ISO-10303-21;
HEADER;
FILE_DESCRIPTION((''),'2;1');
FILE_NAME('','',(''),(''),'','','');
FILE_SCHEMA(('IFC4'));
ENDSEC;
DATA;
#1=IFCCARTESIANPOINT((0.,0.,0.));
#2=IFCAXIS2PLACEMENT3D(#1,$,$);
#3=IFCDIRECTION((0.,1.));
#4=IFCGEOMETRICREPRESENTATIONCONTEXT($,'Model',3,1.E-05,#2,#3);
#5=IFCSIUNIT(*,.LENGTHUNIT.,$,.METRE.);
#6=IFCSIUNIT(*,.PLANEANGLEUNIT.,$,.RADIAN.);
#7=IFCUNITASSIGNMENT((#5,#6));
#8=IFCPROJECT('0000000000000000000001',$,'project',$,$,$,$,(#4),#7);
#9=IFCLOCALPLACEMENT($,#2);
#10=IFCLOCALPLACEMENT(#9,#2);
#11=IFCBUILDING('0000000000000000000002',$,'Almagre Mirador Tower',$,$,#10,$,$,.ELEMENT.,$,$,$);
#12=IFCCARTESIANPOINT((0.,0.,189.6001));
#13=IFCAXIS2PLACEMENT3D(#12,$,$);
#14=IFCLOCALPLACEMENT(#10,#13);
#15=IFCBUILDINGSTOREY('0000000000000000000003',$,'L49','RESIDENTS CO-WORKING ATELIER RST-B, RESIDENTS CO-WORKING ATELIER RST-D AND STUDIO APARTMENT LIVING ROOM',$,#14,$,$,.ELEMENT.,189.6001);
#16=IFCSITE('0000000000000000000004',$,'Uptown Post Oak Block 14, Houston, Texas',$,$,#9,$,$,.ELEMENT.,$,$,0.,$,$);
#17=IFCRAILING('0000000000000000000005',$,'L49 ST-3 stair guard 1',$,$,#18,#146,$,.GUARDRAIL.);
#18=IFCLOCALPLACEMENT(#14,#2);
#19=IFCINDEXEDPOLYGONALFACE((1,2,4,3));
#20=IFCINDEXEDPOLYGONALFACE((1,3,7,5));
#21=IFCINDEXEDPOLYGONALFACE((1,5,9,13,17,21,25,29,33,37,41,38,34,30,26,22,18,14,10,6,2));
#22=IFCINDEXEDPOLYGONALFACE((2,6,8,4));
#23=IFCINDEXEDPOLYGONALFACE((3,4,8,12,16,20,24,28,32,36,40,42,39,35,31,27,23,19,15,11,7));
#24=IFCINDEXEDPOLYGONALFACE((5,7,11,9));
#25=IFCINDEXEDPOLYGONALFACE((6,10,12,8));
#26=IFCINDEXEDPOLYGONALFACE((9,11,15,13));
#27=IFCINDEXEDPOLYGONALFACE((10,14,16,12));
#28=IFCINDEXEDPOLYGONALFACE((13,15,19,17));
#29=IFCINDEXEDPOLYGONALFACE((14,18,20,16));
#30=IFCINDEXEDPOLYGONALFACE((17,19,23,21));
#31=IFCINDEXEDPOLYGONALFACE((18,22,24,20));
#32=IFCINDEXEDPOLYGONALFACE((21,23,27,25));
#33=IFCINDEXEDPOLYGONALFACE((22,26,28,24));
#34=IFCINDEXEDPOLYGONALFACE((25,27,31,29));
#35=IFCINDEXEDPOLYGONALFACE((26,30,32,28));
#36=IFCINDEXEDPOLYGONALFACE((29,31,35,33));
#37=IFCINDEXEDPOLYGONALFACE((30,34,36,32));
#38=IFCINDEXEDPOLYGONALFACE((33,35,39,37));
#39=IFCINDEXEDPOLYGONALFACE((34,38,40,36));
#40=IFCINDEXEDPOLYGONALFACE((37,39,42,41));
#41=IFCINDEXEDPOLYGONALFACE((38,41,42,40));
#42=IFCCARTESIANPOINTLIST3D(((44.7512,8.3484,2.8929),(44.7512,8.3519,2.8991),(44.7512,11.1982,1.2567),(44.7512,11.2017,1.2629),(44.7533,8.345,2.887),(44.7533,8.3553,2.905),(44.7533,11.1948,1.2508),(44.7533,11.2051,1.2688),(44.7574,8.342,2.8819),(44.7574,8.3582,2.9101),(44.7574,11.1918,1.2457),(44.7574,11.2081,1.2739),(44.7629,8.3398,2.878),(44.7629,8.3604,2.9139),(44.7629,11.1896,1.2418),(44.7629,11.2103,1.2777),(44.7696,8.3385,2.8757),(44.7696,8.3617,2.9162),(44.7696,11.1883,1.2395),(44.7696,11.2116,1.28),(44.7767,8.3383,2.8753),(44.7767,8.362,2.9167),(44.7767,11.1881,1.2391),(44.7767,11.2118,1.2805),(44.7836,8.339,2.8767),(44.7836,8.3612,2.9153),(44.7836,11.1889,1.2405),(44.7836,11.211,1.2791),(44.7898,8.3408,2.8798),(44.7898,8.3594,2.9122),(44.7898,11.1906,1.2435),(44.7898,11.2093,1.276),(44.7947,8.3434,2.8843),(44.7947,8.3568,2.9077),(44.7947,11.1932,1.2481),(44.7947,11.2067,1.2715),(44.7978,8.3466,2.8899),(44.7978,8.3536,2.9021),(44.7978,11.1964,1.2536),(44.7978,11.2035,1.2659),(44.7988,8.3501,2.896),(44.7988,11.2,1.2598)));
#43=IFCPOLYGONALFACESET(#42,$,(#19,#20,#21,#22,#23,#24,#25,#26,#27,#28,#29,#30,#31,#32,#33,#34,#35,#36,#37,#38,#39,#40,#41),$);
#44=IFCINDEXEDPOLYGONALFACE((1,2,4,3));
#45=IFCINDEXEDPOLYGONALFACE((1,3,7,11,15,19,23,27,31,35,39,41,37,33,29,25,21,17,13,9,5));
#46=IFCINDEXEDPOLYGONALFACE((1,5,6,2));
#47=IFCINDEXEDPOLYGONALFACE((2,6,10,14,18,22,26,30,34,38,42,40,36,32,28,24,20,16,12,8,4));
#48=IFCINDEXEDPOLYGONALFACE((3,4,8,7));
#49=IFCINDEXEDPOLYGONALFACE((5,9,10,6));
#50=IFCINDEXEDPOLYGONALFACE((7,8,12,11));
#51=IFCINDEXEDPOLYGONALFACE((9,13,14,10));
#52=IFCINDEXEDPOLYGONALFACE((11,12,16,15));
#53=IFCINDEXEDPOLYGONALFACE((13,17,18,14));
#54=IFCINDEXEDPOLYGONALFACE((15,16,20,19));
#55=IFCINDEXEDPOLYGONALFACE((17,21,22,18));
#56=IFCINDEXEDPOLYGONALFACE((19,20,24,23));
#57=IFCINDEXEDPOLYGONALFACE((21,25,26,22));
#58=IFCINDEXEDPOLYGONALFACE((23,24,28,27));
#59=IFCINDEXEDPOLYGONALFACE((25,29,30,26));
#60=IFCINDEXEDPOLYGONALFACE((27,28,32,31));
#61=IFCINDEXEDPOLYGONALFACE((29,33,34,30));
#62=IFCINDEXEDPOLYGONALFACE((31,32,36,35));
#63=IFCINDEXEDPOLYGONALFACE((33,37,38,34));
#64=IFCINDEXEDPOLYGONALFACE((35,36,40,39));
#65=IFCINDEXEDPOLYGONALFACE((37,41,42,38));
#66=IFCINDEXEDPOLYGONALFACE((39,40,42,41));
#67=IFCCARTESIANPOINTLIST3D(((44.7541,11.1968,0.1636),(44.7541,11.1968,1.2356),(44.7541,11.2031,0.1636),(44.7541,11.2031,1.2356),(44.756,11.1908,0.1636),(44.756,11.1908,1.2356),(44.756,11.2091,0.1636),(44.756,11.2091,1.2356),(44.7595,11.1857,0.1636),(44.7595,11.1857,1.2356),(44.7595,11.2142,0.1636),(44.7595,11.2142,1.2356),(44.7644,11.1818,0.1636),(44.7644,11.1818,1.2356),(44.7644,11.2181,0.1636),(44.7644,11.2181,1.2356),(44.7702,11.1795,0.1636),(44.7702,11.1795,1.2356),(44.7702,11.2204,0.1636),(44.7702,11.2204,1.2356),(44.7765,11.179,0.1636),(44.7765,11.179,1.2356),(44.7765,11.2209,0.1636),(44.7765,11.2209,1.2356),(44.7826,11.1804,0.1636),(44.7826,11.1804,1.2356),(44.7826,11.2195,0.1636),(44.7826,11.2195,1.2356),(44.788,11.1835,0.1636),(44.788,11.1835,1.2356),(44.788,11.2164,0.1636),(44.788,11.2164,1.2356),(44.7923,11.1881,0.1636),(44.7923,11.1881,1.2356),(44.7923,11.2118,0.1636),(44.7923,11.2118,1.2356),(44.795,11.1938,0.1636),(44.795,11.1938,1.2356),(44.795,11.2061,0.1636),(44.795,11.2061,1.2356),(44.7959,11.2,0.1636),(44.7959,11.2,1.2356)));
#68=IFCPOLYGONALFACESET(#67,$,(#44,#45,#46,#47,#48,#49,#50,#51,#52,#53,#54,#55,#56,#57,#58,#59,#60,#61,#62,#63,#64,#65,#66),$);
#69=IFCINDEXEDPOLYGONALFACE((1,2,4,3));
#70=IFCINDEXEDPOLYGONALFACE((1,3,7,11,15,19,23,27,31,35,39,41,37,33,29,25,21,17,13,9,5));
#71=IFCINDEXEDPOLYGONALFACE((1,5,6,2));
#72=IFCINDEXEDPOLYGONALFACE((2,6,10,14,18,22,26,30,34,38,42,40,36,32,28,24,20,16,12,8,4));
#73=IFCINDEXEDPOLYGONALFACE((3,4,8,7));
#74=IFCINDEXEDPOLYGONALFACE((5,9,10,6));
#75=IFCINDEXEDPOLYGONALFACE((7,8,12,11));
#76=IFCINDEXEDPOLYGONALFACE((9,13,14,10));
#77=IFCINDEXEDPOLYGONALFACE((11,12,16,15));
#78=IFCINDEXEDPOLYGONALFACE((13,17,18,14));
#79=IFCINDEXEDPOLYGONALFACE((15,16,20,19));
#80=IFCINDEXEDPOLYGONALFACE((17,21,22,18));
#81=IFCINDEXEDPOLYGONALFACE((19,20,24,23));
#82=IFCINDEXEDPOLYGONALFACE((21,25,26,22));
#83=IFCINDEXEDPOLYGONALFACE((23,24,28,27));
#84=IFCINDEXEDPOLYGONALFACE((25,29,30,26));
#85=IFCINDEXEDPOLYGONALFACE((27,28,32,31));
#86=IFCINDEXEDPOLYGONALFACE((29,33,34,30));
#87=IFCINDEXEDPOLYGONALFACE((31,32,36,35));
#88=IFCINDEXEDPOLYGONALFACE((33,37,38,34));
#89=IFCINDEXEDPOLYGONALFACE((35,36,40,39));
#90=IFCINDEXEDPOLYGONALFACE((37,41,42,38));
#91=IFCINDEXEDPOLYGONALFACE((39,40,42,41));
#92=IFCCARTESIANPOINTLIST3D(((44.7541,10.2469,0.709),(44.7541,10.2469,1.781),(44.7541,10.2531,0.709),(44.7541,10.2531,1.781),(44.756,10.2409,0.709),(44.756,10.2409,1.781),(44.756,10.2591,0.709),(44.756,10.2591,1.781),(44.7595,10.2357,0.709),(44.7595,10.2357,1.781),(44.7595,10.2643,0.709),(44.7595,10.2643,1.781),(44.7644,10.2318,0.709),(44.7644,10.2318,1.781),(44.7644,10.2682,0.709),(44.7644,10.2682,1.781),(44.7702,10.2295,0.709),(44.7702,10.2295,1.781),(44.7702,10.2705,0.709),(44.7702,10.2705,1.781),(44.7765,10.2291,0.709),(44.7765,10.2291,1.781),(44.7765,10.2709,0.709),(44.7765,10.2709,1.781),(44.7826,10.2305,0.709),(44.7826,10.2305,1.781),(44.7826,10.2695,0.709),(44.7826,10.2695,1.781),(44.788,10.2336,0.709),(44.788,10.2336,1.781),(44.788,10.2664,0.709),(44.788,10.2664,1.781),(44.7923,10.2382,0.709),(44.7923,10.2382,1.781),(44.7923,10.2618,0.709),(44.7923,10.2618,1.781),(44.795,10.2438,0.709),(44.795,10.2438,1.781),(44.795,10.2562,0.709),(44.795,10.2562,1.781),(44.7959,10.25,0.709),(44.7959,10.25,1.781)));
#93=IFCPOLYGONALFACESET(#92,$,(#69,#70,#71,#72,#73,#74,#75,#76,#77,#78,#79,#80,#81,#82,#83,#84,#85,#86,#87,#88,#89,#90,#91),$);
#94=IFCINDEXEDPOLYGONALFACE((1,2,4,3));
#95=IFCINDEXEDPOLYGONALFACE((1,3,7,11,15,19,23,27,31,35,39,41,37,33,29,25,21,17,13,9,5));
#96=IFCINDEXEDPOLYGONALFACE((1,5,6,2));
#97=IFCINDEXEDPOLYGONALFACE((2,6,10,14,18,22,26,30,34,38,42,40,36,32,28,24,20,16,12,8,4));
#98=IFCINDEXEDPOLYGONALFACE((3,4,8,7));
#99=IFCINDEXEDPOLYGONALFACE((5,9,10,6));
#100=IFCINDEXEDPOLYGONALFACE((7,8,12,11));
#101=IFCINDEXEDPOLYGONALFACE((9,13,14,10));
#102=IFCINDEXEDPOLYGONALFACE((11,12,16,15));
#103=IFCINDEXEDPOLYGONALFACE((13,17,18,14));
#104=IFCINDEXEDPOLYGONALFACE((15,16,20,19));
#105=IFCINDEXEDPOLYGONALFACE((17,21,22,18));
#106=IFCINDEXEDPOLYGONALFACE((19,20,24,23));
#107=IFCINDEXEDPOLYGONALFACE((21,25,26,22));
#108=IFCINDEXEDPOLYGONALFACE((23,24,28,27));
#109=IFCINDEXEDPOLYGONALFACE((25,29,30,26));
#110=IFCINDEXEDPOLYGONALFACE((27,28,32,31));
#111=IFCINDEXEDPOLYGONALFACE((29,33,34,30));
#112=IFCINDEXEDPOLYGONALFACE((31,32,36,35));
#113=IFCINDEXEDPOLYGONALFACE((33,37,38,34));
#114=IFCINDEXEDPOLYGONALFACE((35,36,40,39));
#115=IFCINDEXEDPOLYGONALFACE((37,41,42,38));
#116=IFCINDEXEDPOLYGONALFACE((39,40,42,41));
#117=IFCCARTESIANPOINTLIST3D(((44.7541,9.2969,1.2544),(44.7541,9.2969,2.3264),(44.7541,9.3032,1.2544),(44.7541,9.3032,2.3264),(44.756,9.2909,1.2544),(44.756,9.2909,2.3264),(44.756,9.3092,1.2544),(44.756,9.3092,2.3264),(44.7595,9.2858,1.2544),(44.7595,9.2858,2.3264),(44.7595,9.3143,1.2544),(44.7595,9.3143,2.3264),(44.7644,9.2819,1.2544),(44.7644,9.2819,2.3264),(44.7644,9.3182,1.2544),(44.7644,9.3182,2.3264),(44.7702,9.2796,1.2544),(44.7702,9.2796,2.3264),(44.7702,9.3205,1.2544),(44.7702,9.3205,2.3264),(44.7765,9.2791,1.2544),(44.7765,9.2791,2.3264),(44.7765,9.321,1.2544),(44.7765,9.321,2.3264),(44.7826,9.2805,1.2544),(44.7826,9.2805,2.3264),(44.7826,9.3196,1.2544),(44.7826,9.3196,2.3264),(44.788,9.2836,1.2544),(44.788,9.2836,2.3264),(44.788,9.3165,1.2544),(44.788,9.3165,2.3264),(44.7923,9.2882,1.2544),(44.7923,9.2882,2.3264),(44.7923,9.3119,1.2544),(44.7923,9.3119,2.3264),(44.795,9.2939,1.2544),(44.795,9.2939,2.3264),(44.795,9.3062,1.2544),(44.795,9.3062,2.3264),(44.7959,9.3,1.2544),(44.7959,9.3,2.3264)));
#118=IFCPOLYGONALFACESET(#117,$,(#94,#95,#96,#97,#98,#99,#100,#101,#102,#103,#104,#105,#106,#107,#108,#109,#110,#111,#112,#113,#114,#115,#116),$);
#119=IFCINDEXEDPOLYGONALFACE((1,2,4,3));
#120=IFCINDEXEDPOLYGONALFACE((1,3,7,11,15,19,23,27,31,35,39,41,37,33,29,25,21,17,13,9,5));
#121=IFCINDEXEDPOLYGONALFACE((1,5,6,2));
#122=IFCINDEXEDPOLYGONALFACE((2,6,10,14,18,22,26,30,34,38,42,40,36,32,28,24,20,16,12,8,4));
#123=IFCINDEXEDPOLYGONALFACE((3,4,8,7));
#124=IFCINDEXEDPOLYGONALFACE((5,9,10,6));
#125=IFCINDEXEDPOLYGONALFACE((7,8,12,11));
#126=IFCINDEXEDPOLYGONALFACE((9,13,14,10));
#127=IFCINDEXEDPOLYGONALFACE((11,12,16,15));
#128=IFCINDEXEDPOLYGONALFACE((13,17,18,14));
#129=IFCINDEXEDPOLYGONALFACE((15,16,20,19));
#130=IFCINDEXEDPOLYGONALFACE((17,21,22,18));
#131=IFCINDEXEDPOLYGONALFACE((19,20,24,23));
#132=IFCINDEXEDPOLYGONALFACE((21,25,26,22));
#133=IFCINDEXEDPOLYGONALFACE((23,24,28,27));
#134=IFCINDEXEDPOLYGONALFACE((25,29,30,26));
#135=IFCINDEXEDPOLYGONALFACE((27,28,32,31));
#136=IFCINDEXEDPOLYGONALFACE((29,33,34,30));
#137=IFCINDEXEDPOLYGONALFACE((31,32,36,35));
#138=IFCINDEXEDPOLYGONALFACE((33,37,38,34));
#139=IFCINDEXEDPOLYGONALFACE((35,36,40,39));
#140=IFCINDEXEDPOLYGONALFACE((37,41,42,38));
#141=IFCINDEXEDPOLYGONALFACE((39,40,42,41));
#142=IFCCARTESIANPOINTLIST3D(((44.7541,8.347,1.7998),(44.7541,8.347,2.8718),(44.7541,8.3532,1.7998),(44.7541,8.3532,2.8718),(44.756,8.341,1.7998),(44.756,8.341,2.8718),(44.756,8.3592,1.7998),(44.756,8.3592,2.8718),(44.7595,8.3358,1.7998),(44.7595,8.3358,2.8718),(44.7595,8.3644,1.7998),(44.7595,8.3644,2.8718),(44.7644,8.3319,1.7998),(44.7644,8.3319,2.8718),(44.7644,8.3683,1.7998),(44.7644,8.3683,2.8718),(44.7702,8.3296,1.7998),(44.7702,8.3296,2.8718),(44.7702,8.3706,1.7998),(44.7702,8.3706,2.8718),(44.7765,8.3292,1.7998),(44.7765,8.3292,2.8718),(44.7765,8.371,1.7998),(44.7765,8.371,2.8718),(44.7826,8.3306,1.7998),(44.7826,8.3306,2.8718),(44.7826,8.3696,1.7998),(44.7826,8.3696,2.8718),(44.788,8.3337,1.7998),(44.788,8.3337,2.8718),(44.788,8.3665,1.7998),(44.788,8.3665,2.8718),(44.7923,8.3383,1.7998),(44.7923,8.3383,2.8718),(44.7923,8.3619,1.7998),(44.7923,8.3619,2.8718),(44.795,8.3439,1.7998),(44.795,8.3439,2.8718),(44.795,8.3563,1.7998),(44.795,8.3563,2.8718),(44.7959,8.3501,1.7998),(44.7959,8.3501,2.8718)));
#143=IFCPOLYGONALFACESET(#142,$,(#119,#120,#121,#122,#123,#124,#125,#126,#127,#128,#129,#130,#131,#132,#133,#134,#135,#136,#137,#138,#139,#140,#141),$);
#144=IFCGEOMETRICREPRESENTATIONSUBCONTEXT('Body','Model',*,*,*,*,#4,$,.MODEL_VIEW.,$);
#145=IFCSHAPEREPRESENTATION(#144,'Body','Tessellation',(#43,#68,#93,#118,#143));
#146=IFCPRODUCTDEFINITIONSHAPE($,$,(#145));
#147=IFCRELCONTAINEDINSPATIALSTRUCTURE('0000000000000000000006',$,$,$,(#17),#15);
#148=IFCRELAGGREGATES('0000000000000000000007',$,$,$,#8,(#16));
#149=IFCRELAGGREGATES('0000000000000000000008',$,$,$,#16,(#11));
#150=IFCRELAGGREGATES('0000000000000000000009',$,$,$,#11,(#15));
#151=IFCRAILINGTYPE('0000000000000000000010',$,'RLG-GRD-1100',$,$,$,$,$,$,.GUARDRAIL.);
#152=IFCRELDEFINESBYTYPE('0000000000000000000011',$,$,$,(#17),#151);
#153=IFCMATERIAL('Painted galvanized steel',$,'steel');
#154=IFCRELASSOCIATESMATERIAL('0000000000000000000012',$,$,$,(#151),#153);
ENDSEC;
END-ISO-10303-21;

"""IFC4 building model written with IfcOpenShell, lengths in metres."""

from ifc_helpers import new_model, si_unit, direction, frame, origin, origin_2d, place, context, subcontext, project, spatial, circle, extrude, material, type_object, element, save


model = new_model("IFC4")

# Units and contexts
model_context = context("Model", 3, precision=1e-05, world=origin(), true_north=direction((0.0, 1.0)))
body_context = subcontext(model_context, "Body", "Model", "MODEL_VIEW")
ifc_project = project(units=[si_unit("LENGTHUNIT", "METRE"), si_unit("PLANEANGLEUNIT", "RADIAN")], contexts=[model_context])

# Site, building, storey
site_placement = place(None, origin())
site = spatial("IfcSite", under=ifc_project, at=site_placement, Name="Uptown Post Oak Block 14, Houston, Texas", CompositionType="ELEMENT", RefElevation=0.0)
building_placement = place(site_placement, origin())
building = spatial("IfcBuilding", under=site, at=building_placement, Name="Almagre Mirador Tower", CompositionType="ELEMENT")
storey_placement = place(building_placement, frame((0.0, 0.0, 189.6001)))
storey = spatial("IfcBuildingStorey", under=building, at=storey_placement, Name="L49", Description="RESIDENTS CO-WORKING ATELIER RST-B, RESIDENTS CO-WORKING ATELIER RST-D AND STUDIO APARTMENT LIVING ROOM", CompositionType="ELEMENT", Elevation=189.6001)

# Railing
ifc_material_1 = material(Name="Painted galvanized steel", Category="steel")
railing_type_1 = type_object("IfcRailingType", Name="RLG-GRD-1100", PredefinedType="GUARDRAIL", material=ifc_material_1)
railing_1_placement = place(storey_placement, frame((44.7749, 11.2, 0.1636)))
element("IfcRailing", 1, at=railing_1_placement, inside=storey, type_object=railing_type_1, Name="L49 ST-3 stair guard 1", PredefinedType="GUARDRAIL", context=body_context, shape_type="SweptSolid", body=[
    extrude(circle(Radius=0.0239, at=origin_2d()), frame((0.0, 0.0, 1.0962), z_axis=(0.0, -0.867226, 0.497914), x_axis=(1.0, 0.0, 0.0)), (0.0, 0.0, 1.0), 3.2861),
    extrude(circle(Radius=0.021, at=origin_2d()), origin(), (0.0, 0.0, 1.0), 1.072),
    extrude(circle(Radius=0.021, at=origin_2d()), frame((0.0, -0.95, 0.5454)), (0.0, 0.0, 1.0), 1.072),
    extrude(circle(Radius=0.021, at=origin_2d()), frame((0.0, -1.8999, 1.0908)), (0.0, 0.0, 1.0), 1.072),
    extrude(circle(Radius=0.021, at=origin_2d()), frame((0.0, -2.8499, 1.6362)), (0.0, 0.0, 1.0), 1.072),
])

save(model, "model.ifc")
